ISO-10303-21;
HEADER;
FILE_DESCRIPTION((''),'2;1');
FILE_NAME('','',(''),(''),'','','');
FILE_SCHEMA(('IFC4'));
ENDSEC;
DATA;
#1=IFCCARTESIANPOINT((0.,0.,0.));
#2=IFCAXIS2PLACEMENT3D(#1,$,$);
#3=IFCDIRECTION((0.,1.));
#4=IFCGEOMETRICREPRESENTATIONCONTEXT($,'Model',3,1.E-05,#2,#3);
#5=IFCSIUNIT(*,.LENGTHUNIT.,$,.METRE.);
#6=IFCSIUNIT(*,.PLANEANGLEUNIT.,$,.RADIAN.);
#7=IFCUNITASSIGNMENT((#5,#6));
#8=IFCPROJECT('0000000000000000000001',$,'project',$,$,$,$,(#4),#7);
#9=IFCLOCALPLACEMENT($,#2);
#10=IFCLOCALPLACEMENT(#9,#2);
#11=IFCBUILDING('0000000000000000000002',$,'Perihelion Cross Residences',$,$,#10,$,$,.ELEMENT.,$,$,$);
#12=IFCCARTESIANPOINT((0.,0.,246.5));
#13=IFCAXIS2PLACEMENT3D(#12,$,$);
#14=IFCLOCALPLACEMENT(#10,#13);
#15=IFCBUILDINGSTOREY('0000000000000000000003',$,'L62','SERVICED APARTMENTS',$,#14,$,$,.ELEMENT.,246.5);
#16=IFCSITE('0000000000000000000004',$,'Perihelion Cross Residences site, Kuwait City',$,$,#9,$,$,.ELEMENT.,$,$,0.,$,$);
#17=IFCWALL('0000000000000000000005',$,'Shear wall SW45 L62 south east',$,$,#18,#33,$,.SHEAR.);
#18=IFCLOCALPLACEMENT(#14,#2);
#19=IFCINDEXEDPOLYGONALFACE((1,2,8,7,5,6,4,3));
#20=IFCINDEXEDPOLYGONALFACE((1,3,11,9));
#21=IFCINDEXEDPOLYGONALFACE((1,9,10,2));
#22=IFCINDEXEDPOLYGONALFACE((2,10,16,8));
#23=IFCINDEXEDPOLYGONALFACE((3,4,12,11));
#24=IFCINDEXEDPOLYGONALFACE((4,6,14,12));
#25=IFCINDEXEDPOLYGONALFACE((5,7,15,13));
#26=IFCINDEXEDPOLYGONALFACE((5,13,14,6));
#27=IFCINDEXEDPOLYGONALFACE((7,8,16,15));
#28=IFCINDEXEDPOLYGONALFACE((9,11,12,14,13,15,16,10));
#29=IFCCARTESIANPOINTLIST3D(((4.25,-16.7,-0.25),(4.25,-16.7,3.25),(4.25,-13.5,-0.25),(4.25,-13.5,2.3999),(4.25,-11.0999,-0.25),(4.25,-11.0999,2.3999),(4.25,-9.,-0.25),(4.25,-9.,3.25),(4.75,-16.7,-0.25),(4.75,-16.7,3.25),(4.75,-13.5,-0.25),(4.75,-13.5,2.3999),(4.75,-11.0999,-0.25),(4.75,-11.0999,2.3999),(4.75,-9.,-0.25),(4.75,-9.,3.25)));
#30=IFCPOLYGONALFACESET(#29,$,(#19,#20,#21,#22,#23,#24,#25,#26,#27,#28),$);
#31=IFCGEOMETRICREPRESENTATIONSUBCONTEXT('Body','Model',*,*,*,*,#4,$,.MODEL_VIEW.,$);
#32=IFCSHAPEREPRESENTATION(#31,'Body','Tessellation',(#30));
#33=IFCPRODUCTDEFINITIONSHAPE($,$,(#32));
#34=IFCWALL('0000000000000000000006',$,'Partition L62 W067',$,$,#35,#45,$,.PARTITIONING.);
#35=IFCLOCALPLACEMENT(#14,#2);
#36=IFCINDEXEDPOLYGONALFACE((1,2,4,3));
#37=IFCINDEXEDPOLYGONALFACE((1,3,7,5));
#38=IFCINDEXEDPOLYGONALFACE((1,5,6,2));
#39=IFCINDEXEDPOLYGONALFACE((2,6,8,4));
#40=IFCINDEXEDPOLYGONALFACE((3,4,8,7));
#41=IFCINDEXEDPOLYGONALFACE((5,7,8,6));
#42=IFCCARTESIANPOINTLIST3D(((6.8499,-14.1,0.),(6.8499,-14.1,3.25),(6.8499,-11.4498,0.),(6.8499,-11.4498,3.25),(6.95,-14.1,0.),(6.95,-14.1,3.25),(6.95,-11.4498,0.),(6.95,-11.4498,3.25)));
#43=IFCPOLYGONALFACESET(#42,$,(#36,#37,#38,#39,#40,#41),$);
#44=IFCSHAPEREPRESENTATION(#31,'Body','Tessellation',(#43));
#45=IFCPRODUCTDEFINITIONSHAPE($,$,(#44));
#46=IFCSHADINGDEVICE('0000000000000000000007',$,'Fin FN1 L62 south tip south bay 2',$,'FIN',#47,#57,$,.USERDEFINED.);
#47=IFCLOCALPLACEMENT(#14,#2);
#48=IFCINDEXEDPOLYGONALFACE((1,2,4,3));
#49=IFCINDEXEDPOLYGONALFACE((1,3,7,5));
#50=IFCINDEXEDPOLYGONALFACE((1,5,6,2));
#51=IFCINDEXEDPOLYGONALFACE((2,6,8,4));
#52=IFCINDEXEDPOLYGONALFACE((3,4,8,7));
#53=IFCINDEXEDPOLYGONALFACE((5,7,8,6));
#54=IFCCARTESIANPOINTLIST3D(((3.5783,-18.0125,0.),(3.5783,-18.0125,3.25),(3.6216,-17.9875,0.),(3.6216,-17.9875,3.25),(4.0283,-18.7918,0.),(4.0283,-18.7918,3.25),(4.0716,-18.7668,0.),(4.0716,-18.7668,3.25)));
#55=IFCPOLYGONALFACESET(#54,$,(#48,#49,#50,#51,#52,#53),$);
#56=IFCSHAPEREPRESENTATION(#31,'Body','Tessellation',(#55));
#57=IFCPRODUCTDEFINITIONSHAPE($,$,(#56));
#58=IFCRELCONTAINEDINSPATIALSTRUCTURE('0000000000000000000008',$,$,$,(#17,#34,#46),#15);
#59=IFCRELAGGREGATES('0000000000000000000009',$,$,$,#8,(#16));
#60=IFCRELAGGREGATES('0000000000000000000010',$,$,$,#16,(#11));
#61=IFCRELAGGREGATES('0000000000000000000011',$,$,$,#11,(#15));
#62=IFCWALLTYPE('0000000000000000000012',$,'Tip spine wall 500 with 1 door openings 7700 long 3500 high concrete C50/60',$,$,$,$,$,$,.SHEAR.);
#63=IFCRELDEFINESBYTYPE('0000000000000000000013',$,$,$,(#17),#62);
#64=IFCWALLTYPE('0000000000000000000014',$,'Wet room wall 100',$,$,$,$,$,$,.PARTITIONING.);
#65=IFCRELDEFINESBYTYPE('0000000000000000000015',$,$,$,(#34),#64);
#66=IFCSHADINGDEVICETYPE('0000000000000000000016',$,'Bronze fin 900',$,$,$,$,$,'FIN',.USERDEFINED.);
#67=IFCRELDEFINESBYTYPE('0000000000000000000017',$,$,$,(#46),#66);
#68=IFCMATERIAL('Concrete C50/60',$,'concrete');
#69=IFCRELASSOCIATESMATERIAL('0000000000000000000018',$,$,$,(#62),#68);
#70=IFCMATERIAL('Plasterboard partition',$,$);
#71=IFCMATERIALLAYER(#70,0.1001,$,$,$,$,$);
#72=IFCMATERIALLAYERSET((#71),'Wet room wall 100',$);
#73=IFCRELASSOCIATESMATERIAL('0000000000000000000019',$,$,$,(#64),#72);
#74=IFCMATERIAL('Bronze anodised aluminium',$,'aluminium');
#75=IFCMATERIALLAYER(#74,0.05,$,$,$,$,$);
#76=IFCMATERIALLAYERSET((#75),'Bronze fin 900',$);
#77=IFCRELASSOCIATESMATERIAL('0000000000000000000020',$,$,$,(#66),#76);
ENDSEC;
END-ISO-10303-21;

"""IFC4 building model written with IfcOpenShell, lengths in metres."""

from ifc_helpers import new_model, si_unit, direction, frame, frame_2d, origin, origin_2d, place, context, subcontext, project, spatial, polyline, rectangle, outline, extrude, material, layer, layer_set, material_profile, profile_set, type_object, element, save


model = new_model("IFC4")

# Units and contexts
model_context = context("Model", 3, precision=1e-05, world=origin(), true_north=direction((0.0, 1.0)))
body_context = subcontext(model_context, "Body", "Model", "MODEL_VIEW")
ifc_project = project(units=[si_unit("LENGTHUNIT", "METRE"), si_unit("PLANEANGLEUNIT", "RADIAN")], contexts=[model_context])

# Site, building, storey
site_placement = place(None, origin())
site = spatial("IfcSite", under=ifc_project, at=site_placement, Name="Perihelion Cross Residences site, Kuwait City", CompositionType="ELEMENT", RefElevation=0.0)
building_placement = place(site_placement, origin())
building = spatial("IfcBuilding", under=site, at=building_placement, Name="Perihelion Cross Residences", CompositionType="ELEMENT")
storey_placement = place(building_placement, frame((0.0, 0.0, 246.5)))
storey = spatial("IfcBuildingStorey", under=building, at=storey_placement, Name="L62", Description="SERVICED APARTMENTS", CompositionType="ELEMENT", Elevation=246.5)

# Walls
ifc_material_1 = material(Name="Concrete C50/60", Category="concrete")
ifc_material_profile_1 = material_profile(ifc_material_1, outline(polyline([(0.0, 0.0), (3.2, 0.0), (3.2, 2.6499), (5.6001, 2.6499), (5.6001, 0.0), (7.7, 0.0), (7.7, 3.5), (0.0, 3.5), (0.0, 0.0)])), Name="Tip spine wall")
ifc_profile_set_1 = profile_set([ifc_material_profile_1], Name="Concrete C50/60")
wall_type_1 = type_object("IfcWallType", Name="Tip spine wall 500 with 1 door openings 7700 long 3500 high concrete C50/60", PredefinedType="SHEAR", material=ifc_profile_set_1)
wall_1_placement = place(storey_placement, frame((4.25, -16.7, -0.25), z_axis=(1.0, 0.0, 0.0), x_axis=(0.0, 1.0, 0.0)))
element("IfcWall", 1, at=wall_1_placement, inside=storey, type_object=wall_type_1, Name="Shear wall SW45 L62 south east", PredefinedType="SHEAR", context=body_context, shape_type="SweptSolid", body=[
    extrude(outline(polyline([(0.0, 0.0), (3.2, 0.0), (3.2, 2.6499), (5.6001, 2.6499), (5.6001, 0.0), (7.7, 0.0), (7.7, 3.5), (0.0, 3.5), (0.0, 0.0)])), origin(), (0.0, 0.0, 1.0), 0.5),
])
ifc_material_2 = material(Name="Plasterboard partition")
ifc_layer_1 = layer(ifc_material_2, 0.1001)
ifc_layer_set_1 = layer_set([ifc_layer_1], Name="Wet room wall 100")
wall_type_2 = type_object("IfcWallType", Name="Wet room wall 100", PredefinedType="PARTITIONING", material=ifc_layer_set_1)
wall_2_placement = place(storey_placement, frame((6.8999, -14.1001, 0.0), z_axis=(0.0, 0.0, 1.0), x_axis=(0.0, 1.0, 0.0)))
element("IfcWall", 2, at=wall_2_placement, inside=storey, type_object=wall_type_2, Name="Partition L62 W067", PredefinedType="PARTITIONING", context=body_context, shape_type="SweptSolid", body=[
    extrude(rectangle(XDim=2.6501, YDim=0.1001, at=frame_2d((1.3252, 0.0))), origin(), (0.0, 0.0, 1.0), 3.25),
])

# Shading device
ifc_material_3 = material(Name="Bronze anodised aluminium", Category="aluminium")
ifc_layer_2 = layer(ifc_material_3, 0.05)
ifc_layer_set_2 = layer_set([ifc_layer_2], Name="Bronze fin 900")
shading_device_type = type_object("IfcShadingDeviceType", Name="Bronze fin 900", ElementType="FIN", PredefinedType="USERDEFINED", material=ifc_layer_set_2)
shading_device_placement = place(storey_placement, frame((3.825, -18.3896, 0.0), z_axis=(0.0, 0.0, 1.0), x_axis=(0.5, -0.866025, 0.0)))
element("IfcShadingDevice", 3, at=shading_device_placement, inside=storey, type_object=shading_device_type, Name="Fin FN1 L62 south tip south bay 2", ObjectType="FIN", PredefinedType="USERDEFINED", context=body_context, shape_type="SweptSolid", body=[
    extrude(rectangle(XDim=0.8999, YDim=0.05, at=origin_2d()), origin(), (0.0, 0.0, 1.0), 3.25),
])

save(model, "model.ifc")
